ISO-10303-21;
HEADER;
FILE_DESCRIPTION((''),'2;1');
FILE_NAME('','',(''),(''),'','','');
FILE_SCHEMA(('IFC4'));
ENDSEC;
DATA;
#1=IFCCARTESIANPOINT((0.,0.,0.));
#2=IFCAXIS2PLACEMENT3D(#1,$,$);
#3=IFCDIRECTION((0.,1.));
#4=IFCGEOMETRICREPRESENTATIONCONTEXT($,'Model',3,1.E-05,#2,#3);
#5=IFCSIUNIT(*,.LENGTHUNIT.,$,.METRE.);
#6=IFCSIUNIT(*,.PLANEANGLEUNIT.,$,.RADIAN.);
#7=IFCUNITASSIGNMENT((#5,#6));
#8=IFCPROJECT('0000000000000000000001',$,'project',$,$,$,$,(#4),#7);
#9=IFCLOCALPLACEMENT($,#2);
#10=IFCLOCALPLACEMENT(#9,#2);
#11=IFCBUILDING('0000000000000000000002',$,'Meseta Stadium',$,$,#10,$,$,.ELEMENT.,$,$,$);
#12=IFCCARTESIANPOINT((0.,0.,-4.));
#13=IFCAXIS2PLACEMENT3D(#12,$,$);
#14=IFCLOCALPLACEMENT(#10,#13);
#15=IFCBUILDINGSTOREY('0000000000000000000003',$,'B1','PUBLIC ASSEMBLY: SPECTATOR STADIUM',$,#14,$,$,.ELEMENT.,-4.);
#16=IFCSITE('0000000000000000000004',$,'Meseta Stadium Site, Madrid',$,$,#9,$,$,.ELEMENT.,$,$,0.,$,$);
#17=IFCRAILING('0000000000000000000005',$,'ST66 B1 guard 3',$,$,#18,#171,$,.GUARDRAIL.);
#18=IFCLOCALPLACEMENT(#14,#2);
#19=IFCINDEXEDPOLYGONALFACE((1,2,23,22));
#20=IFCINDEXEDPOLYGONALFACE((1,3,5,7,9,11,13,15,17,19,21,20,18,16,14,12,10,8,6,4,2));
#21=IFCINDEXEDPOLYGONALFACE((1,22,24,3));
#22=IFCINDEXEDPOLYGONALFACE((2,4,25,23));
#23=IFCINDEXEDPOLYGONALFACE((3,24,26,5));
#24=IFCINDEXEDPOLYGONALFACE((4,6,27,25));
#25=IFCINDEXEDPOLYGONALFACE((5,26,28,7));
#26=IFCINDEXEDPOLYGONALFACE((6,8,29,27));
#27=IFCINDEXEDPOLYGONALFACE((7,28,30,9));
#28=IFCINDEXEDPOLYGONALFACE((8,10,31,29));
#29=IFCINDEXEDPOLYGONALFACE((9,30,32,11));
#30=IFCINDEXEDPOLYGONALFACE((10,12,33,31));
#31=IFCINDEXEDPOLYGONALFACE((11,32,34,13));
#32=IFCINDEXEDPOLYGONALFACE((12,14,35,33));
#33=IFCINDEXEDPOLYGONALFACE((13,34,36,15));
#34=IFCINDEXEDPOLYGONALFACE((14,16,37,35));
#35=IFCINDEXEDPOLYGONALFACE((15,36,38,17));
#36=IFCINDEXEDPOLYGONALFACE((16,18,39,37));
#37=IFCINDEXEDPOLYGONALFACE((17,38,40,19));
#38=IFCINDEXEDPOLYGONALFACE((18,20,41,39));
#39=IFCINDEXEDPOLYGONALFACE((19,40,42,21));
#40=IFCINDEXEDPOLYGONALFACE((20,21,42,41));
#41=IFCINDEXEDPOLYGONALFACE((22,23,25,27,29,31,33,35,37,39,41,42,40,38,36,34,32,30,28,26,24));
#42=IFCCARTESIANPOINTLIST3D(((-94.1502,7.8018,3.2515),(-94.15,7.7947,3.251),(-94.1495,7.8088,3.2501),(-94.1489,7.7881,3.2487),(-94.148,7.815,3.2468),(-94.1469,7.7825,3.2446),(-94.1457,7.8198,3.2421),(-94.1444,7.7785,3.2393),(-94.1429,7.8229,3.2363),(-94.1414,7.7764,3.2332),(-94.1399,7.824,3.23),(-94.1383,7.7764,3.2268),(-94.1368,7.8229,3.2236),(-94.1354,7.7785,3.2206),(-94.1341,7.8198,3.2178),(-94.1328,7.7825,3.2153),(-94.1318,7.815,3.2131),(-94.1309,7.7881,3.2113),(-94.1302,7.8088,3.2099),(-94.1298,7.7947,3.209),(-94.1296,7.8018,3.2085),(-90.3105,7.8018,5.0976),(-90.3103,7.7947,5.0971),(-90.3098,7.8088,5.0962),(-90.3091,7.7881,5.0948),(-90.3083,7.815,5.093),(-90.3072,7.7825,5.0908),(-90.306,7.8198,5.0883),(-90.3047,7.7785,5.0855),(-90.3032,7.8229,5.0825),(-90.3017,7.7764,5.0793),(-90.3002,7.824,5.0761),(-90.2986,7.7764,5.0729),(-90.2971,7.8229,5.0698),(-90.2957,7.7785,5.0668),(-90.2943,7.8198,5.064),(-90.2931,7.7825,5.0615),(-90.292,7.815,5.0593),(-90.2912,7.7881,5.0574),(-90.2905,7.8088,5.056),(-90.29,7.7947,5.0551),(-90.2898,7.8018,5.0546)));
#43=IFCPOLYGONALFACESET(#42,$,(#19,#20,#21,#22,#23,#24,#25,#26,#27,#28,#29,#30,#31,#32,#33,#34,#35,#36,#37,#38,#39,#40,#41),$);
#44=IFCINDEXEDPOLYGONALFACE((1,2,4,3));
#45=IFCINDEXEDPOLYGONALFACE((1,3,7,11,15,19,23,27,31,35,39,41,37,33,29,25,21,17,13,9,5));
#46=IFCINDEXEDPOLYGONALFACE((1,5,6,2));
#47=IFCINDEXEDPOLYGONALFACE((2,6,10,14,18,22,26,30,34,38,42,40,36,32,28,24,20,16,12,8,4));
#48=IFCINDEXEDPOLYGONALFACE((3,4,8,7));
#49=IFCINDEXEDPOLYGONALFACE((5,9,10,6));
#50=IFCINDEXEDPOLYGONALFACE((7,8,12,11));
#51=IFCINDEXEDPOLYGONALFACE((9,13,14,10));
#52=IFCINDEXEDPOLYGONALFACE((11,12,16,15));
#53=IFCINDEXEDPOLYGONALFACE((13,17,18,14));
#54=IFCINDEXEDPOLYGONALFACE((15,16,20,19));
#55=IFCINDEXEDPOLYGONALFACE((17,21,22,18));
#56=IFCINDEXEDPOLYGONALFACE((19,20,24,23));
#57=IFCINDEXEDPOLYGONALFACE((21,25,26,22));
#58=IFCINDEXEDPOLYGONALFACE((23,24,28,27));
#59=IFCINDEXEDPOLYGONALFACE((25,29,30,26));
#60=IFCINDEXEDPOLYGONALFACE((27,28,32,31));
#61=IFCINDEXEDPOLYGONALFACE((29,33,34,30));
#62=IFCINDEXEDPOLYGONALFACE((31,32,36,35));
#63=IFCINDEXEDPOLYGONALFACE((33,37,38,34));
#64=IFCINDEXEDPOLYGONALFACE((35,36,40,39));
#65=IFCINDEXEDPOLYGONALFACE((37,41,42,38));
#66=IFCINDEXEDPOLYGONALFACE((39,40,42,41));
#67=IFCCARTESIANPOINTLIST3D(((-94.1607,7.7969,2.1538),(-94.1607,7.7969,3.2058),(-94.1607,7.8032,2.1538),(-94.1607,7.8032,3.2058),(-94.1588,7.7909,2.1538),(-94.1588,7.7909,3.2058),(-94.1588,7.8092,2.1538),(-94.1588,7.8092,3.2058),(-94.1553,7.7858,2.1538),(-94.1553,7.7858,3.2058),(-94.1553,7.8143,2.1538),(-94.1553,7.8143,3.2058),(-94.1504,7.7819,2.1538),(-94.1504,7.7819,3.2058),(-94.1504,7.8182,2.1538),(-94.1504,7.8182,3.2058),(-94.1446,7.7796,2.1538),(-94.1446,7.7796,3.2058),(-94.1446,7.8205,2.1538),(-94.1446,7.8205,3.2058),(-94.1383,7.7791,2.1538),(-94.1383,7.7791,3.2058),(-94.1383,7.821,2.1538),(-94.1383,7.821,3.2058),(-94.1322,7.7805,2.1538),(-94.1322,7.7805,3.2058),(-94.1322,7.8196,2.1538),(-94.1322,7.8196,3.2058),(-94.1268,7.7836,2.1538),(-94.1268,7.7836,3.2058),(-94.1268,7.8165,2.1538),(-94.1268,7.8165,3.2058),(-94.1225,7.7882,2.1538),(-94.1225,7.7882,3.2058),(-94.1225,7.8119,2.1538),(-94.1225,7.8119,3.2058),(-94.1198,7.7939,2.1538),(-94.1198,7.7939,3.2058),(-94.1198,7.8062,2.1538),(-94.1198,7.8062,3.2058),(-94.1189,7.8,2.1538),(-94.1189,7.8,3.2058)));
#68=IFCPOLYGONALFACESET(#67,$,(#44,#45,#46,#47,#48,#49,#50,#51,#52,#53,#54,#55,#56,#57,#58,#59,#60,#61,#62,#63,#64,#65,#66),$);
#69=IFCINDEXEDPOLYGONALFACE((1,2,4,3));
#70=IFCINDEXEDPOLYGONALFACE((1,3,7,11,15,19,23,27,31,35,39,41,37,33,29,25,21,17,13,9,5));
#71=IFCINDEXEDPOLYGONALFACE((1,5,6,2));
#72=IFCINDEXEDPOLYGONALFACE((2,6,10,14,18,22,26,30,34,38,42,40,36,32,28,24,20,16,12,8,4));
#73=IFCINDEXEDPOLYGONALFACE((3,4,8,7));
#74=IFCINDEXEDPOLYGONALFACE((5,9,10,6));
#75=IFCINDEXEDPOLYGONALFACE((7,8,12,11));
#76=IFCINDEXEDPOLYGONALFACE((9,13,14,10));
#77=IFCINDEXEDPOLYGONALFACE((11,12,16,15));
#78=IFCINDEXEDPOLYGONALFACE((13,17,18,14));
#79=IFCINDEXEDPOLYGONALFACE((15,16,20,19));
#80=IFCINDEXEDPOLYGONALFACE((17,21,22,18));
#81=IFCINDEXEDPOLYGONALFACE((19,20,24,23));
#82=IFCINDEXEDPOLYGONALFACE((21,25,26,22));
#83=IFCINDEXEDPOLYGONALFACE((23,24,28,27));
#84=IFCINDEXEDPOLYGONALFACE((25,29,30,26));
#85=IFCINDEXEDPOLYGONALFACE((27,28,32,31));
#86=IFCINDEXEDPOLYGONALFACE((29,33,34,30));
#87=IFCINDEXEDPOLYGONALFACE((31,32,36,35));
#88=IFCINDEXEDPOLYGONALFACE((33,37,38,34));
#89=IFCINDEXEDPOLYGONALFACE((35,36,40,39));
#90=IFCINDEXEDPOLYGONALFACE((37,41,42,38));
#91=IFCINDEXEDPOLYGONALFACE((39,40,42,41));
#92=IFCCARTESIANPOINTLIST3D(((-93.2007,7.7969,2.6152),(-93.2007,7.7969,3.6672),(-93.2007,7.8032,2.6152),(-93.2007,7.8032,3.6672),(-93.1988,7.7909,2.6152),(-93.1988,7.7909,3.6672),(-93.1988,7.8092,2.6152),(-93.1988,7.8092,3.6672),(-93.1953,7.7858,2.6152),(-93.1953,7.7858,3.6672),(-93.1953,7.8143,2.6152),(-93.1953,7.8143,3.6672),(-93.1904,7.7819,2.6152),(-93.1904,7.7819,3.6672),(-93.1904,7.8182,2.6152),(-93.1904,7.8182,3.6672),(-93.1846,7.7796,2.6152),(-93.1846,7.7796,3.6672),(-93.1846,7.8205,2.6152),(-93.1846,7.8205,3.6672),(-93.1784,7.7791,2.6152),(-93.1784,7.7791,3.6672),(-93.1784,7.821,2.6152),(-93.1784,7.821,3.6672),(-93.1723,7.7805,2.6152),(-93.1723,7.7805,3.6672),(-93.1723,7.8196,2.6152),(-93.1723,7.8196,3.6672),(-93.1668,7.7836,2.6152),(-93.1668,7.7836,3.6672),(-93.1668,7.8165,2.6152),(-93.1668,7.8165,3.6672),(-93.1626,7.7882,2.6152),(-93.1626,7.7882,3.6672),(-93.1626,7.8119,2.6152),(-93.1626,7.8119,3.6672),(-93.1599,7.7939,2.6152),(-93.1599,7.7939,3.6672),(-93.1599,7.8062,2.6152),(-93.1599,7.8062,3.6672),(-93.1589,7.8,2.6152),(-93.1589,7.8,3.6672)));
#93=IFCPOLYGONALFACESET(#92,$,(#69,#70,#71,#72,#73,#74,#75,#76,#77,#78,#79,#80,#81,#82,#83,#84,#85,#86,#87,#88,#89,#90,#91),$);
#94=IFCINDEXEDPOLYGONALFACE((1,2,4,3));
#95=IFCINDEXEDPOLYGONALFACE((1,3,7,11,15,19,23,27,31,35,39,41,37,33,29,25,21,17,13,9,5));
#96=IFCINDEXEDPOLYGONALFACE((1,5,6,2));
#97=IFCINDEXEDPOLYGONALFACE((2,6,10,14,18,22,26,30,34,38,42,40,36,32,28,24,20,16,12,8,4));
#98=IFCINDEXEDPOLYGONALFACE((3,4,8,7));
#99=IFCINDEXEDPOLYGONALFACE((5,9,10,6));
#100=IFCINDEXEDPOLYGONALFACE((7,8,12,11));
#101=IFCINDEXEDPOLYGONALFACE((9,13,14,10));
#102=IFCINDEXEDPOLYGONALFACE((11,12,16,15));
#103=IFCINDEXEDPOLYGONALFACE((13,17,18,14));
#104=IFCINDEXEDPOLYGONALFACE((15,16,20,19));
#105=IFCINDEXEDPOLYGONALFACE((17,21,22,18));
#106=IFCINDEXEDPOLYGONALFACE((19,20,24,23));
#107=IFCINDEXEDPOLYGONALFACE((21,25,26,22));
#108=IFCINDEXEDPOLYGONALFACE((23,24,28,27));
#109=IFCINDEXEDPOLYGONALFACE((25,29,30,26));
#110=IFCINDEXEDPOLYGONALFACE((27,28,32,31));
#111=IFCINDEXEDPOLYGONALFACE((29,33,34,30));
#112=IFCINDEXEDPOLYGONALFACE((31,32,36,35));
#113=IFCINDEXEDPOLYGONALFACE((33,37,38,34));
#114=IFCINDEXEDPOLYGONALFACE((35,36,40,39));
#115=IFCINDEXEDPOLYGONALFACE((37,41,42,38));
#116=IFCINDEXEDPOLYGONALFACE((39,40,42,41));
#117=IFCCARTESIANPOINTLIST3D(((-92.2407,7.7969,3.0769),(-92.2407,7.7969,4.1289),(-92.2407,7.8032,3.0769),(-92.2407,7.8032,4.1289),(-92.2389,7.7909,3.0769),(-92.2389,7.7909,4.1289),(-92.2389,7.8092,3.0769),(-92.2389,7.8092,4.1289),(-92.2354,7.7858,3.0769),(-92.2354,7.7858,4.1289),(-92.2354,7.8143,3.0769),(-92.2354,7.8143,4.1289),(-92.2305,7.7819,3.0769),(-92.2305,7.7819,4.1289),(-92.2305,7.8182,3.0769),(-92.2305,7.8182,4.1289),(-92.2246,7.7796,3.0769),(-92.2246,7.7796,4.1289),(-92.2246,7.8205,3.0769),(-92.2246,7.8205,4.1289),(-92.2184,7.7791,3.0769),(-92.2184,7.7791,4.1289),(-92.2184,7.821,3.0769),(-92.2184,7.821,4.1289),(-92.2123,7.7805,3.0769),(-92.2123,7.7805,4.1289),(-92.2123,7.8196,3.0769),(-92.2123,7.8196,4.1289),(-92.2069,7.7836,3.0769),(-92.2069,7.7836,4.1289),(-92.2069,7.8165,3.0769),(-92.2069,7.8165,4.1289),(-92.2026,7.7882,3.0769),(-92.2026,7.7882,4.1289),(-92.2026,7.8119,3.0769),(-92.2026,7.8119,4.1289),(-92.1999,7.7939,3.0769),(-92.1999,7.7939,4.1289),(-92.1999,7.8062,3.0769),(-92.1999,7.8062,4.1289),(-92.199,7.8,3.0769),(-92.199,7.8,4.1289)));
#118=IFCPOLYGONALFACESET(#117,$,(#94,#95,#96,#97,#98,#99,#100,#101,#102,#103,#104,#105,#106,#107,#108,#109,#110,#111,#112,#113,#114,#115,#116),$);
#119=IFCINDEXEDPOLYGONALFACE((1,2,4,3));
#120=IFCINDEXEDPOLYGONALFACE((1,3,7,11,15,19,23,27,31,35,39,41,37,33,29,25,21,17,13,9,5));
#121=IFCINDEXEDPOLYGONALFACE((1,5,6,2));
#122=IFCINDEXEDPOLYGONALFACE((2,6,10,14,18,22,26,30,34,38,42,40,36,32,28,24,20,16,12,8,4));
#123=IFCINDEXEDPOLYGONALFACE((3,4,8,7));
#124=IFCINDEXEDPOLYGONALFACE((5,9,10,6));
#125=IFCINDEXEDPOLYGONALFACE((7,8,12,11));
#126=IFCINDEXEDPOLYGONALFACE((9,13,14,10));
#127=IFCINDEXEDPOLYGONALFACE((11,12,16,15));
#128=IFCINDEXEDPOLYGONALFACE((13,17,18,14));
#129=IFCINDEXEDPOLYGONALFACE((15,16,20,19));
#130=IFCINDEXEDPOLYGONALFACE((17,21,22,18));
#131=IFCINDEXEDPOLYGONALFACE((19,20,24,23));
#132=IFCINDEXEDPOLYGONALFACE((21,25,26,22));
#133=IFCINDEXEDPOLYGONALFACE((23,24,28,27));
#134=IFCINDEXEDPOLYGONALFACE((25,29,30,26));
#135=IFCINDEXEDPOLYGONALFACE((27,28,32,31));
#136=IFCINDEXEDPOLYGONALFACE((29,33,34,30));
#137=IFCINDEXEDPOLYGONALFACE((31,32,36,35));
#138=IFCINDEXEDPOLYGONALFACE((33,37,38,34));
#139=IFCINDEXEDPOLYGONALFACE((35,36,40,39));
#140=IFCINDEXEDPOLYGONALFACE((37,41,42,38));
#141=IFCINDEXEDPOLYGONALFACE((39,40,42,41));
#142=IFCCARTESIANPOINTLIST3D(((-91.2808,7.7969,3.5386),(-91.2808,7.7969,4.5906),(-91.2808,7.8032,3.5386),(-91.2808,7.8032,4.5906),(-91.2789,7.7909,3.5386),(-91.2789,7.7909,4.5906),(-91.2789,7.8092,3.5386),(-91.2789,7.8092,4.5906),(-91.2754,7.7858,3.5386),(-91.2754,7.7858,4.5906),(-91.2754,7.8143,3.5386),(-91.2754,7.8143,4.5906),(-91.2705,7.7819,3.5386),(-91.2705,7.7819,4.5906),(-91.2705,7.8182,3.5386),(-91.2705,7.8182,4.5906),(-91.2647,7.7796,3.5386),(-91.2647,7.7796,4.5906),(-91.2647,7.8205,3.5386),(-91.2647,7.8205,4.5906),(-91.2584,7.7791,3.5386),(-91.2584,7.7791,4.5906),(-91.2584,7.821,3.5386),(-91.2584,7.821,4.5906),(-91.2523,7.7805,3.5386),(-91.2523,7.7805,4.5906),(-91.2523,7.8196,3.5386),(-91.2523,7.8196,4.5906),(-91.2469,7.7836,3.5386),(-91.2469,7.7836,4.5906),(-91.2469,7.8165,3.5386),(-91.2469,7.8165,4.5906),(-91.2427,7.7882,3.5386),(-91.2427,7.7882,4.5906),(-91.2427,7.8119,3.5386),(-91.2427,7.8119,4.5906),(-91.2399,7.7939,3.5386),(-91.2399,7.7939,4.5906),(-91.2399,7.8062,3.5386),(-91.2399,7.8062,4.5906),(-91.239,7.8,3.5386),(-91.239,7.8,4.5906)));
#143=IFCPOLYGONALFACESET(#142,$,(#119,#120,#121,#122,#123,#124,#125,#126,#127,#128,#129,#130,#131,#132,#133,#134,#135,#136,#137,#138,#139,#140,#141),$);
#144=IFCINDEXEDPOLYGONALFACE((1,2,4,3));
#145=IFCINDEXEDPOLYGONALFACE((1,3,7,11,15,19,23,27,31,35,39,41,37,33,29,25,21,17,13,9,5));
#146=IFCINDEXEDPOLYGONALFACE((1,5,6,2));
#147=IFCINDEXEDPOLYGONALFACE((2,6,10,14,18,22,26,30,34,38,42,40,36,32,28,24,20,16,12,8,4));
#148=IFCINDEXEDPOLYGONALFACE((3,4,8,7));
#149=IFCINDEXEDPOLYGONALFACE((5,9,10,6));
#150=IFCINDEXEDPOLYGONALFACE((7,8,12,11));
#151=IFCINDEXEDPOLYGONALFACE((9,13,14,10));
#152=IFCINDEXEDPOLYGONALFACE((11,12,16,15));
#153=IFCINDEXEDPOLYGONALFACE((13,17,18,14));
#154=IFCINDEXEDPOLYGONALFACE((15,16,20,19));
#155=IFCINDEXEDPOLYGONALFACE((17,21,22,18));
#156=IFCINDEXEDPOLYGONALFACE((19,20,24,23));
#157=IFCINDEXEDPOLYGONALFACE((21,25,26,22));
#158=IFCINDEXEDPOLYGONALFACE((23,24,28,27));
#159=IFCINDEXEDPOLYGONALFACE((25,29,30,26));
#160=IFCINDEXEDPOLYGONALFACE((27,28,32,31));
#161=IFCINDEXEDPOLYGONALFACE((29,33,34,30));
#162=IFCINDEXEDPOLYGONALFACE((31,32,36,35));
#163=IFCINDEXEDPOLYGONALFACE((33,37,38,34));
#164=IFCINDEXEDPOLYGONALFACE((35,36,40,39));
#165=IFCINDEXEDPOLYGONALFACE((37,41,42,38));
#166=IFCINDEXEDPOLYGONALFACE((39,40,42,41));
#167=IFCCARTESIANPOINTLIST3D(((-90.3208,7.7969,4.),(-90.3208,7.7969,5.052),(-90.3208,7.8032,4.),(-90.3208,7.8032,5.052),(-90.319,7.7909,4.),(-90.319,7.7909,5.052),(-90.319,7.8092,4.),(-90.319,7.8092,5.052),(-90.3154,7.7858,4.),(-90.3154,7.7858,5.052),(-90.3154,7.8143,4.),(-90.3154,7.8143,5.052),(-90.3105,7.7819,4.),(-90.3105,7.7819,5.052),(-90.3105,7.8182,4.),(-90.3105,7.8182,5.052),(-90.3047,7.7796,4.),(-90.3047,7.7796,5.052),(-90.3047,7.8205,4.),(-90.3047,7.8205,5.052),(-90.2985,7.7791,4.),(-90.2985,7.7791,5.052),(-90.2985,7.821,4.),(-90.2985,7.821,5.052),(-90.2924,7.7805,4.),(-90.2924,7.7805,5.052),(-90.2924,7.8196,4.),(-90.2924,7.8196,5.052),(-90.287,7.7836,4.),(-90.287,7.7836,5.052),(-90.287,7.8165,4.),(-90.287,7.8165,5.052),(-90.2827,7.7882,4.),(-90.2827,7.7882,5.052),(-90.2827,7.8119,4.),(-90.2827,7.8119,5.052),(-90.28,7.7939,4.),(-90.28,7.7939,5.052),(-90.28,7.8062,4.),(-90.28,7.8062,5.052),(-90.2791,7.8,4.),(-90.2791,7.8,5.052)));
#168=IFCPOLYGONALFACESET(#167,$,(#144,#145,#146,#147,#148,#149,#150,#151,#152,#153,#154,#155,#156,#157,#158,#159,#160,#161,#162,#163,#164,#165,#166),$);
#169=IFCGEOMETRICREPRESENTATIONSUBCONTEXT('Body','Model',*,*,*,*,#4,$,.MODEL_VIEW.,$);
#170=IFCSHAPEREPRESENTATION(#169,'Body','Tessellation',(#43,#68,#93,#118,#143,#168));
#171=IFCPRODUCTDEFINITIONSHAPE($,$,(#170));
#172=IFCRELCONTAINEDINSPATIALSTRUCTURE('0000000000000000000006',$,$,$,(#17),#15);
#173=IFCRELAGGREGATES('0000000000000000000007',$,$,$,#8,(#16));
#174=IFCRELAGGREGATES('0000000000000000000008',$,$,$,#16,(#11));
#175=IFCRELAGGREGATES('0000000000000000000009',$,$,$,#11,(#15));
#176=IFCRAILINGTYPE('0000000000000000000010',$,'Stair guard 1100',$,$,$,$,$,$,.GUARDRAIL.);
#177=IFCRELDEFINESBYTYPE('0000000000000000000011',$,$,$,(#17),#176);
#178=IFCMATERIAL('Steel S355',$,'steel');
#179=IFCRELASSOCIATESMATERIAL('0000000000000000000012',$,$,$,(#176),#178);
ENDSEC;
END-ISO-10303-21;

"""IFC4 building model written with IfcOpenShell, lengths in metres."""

from ifc_helpers import new_model, si_unit, direction, frame, origin, origin_2d, place, context, subcontext, project, spatial, circle, extrude, material, type_object, element, save


model = new_model("IFC4")

# Units and contexts
model_context = context("Model", 3, precision=1e-05, world=origin(), true_north=direction((0.0, 1.0)))
body_context = subcontext(model_context, "Body", "Model", "MODEL_VIEW")
ifc_project = project(units=[si_unit("LENGTHUNIT", "METRE"), si_unit("PLANEANGLEUNIT", "RADIAN")], contexts=[model_context])

# Site, building, storey
site_placement = place(None, origin())
site = spatial("IfcSite", under=ifc_project, at=site_placement, Name="Meseta Stadium Site, Madrid", CompositionType="ELEMENT", RefElevation=0.0)
building_placement = place(site_placement, origin())
building = spatial("IfcBuilding", under=site, at=building_placement, Name="Meseta Stadium", CompositionType="ELEMENT")
storey_placement = place(building_placement, frame((0.0, 0.0, -4.0)))
storey = spatial("IfcBuildingStorey", under=building, at=storey_placement, Name="B1", Description="PUBLIC ASSEMBLY: SPECTATOR STADIUM", CompositionType="ELEMENT", Elevation=-4.0)

# Railing
ifc_material_1 = material(Name="Steel S355", Category="steel")
railing_type_1 = type_object("IfcRailingType", Name="Stair guard 1100", PredefinedType="GUARDRAIL", material=ifc_material_1)
railing_1_placement = place(storey_placement, frame((-94.1399, 7.8, 2.1538)))
element("IfcRailing", 1, at=railing_1_placement, inside=storey, type_object=railing_type_1, Name="ST66 B1 guard 3", PredefinedType="GUARDRAIL", context=body_context, shape_type="SweptSolid", body=[
    extrude(circle(Radius=0.0239, at=origin_2d()), frame((0.0, 0.0, 1.0762), z_axis=(0.901242, 0.0, 0.433316), x_axis=(0.0, 1.0, 0.0)), (0.0, 0.0, 1.0), 4.2605),
    extrude(circle(Radius=0.021, at=origin_2d()), origin(), (0.0, 0.0, 1.0), 1.052),
    extrude(circle(Radius=0.021, at=origin_2d()), frame((0.96, 0.0, 0.4614)), (0.0, 0.0, 1.0), 1.052),
    extrude(circle(Radius=0.021, at=origin_2d()), frame((1.9199, 0.0, 0.9231)), (0.0, 0.0, 1.0), 1.052),
    extrude(circle(Radius=0.021, at=origin_2d()), frame((2.8799, 0.0, 1.3848)), (0.0, 0.0, 1.0), 1.052),
    extrude(circle(Radius=0.021, at=origin_2d()), frame((3.8398, 0.0, 1.8462)), (0.0, 0.0, 1.0), 1.052),
])

save(model, "model.ifc")
